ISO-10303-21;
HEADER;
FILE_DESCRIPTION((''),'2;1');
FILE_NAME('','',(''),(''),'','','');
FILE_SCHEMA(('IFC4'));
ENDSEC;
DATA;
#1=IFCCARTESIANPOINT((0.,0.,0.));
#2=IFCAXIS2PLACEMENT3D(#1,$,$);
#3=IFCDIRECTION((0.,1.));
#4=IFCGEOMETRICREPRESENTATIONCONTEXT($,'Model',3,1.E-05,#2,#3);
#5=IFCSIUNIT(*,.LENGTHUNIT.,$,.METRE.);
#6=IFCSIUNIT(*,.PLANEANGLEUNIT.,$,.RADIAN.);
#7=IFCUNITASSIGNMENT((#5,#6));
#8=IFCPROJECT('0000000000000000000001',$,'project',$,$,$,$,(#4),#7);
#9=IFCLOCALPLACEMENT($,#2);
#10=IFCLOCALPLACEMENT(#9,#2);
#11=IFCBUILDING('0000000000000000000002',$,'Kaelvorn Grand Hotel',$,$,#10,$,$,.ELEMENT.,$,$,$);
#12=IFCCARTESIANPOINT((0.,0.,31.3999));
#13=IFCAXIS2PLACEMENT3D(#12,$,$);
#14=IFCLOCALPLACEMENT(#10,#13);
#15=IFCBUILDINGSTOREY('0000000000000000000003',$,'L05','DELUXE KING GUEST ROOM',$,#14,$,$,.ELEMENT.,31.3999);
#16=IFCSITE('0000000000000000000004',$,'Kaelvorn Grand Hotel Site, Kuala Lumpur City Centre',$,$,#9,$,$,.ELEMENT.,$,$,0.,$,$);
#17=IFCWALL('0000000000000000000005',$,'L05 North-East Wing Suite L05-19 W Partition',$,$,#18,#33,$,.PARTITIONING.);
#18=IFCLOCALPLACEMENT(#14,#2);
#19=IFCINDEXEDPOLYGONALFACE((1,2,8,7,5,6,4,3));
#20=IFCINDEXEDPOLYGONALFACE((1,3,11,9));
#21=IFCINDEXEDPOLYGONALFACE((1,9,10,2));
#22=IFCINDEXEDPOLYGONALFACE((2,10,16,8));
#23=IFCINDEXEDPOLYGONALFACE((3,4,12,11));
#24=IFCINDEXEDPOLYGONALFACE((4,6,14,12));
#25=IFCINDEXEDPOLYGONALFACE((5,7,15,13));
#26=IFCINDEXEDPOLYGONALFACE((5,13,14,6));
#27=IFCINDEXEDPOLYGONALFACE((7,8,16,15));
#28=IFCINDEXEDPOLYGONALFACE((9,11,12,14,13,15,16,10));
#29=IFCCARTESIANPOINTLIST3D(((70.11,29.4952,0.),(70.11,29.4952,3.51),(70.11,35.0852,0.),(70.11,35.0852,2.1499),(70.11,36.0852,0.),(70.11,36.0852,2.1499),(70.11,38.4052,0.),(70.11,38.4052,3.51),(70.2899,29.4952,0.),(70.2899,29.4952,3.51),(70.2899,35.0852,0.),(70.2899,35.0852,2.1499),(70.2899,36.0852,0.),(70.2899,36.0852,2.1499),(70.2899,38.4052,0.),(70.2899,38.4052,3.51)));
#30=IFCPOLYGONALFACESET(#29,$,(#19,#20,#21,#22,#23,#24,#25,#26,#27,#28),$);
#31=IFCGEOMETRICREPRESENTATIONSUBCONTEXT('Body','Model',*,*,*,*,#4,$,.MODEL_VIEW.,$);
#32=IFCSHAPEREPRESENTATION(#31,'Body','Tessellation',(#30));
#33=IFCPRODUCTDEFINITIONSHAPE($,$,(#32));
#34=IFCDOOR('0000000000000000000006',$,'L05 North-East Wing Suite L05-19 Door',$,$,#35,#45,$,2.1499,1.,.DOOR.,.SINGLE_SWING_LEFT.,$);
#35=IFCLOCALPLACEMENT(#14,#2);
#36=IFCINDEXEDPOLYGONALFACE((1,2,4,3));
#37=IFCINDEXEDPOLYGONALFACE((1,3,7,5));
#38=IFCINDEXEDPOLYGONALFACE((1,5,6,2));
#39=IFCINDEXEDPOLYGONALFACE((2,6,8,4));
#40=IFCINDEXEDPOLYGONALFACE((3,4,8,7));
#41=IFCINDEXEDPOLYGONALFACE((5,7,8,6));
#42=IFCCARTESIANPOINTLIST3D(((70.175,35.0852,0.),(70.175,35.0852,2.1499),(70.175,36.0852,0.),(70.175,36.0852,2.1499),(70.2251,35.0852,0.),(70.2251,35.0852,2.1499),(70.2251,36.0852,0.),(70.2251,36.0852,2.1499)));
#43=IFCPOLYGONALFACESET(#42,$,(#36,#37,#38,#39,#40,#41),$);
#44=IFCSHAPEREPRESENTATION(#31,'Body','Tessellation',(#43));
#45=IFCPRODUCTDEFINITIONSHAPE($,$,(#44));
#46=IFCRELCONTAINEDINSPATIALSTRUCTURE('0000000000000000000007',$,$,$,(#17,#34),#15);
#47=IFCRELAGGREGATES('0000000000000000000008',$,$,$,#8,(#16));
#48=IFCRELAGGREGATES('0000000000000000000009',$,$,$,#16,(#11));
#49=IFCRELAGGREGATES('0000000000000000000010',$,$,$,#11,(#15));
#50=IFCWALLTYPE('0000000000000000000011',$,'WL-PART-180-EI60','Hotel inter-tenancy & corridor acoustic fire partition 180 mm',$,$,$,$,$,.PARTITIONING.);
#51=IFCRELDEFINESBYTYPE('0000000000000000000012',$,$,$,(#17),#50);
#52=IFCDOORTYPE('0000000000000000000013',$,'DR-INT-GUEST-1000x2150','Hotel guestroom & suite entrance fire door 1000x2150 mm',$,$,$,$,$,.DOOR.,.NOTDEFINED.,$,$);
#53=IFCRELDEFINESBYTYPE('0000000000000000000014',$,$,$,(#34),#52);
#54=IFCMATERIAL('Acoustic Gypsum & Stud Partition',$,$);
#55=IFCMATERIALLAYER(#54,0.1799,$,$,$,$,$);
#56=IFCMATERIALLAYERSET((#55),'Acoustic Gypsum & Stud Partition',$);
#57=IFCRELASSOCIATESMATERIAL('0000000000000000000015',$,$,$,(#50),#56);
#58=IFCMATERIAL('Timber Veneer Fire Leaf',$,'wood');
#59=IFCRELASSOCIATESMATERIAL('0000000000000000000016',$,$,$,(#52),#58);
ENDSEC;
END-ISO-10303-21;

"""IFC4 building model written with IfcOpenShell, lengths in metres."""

from ifc_helpers import new_model, si_unit, direction, frame, frame_2d, origin, place, context, subcontext, project, spatial, rectangle, extrude, material, layer, layer_set, type_object, element, fill, save


model = new_model("IFC4")

# Units and contexts
model_context = context("Model", 3, precision=1e-05, world=origin(), true_north=direction((0.0, 1.0)))
body_context = subcontext(model_context, "Body", "Model", "MODEL_VIEW")
ifc_project = project(units=[si_unit("LENGTHUNIT", "METRE"), si_unit("PLANEANGLEUNIT", "RADIAN")], contexts=[model_context])

# Site, building, storey
site_placement = place(None, origin())
site = spatial("IfcSite", under=ifc_project, at=site_placement, Name="Kaelvorn Grand Hotel Site, Kuala Lumpur City Centre", CompositionType="ELEMENT", RefElevation=0.0)
building_placement = place(site_placement, origin())
building = spatial("IfcBuilding", under=site, at=building_placement, Name="Kaelvorn Grand Hotel", CompositionType="ELEMENT")
storey_placement = place(building_placement, frame((0.0, 0.0, 31.3999)))
storey = spatial("IfcBuildingStorey", under=building, at=storey_placement, Name="L05", Description="DELUXE KING GUEST ROOM", CompositionType="ELEMENT", Elevation=31.3999)

# Shared definitions
ifc_material_1 = material(Name="Acoustic Gypsum & Stud Partition")
ifc_layer_1 = layer(ifc_material_1, 0.1799)
ifc_layer_set_1 = layer_set([ifc_layer_1], Name="Acoustic Gypsum & Stud Partition")
wall_type_1 = type_object("IfcWallType", Name="WL-PART-180-EI60", Description="Hotel inter-tenancy & corridor acoustic fire partition 180 mm", PredefinedType="PARTITIONING", material=ifc_layer_set_1)

# Wall, opening, door
wall_1_placement = place(storey_placement, frame((70.2, 29.4951, 0.0), z_axis=(0.0, 0.0, 1.0), x_axis=(0.0, 1.0, 0.0)))
wall_1 = element("IfcWall", 1, at=wall_1_placement, inside=storey, type_object=wall_type_1, Name="L05 North-East Wing Suite L05-19 W Partition", PredefinedType="PARTITIONING", context=body_context, shape_type="SweptSolid", body=[
    extrude(rectangle(XDim=8.9099, YDim=0.1799, at=frame_2d((4.4551, 0.0))), origin(), (0.0, 0.0, 1.0), 3.51),
])
opening_1_placement = place(wall_1_placement, frame((5.5901, 0.0, 0.0)))
opening_1 = element("IfcOpeningElement", 2, at=opening_1_placement, cuts=wall_1, PredefinedType="OPENING", context=body_context, shape_type="SweptSolid", body=[
    extrude(rectangle(XDim=1.0, YDim=2.1499, at=frame_2d((0.5, 1.075))), frame((0.0, 0.1001, 0.0), z_axis=(0.0, -1.0, 0.0), x_axis=(1.0, 0.0, 0.0)), (0.0, 0.0, 1.0), 0.2),
])
ifc_material_2 = material(Name="Timber Veneer Fire Leaf", Category="wood")
door_type_1 = type_object("IfcDoorType", Name="DR-INT-GUEST-1000x2150", Description="Hotel guestroom & suite entrance fire door 1000x2150 mm", OperationType="NOTDEFINED", PredefinedType="DOOR", material=ifc_material_2)
door_1_placement = place(opening_1_placement, origin())
door_1 = element("IfcDoor", 3, at=door_1_placement, inside=storey, type_object=door_type_1, Name="L05 North-East Wing Suite L05-19 Door", OperationType="SINGLE_SWING_LEFT", OverallHeight=2.1499, OverallWidth=1.0, PredefinedType="DOOR", context=body_context, shape_type="SweptSolid", body=[
    extrude(rectangle(XDim=1.0, YDim=2.1499, at=frame_2d((0.5, 1.075))), frame((0.0, 0.0249, 0.0), z_axis=(0.0, -1.0, 0.0), x_axis=(1.0, 0.0, 0.0)), (0.0, 0.0, 1.0), 0.05),
])
fill(opening_1, door_1)

save(model, "model.ifc")
